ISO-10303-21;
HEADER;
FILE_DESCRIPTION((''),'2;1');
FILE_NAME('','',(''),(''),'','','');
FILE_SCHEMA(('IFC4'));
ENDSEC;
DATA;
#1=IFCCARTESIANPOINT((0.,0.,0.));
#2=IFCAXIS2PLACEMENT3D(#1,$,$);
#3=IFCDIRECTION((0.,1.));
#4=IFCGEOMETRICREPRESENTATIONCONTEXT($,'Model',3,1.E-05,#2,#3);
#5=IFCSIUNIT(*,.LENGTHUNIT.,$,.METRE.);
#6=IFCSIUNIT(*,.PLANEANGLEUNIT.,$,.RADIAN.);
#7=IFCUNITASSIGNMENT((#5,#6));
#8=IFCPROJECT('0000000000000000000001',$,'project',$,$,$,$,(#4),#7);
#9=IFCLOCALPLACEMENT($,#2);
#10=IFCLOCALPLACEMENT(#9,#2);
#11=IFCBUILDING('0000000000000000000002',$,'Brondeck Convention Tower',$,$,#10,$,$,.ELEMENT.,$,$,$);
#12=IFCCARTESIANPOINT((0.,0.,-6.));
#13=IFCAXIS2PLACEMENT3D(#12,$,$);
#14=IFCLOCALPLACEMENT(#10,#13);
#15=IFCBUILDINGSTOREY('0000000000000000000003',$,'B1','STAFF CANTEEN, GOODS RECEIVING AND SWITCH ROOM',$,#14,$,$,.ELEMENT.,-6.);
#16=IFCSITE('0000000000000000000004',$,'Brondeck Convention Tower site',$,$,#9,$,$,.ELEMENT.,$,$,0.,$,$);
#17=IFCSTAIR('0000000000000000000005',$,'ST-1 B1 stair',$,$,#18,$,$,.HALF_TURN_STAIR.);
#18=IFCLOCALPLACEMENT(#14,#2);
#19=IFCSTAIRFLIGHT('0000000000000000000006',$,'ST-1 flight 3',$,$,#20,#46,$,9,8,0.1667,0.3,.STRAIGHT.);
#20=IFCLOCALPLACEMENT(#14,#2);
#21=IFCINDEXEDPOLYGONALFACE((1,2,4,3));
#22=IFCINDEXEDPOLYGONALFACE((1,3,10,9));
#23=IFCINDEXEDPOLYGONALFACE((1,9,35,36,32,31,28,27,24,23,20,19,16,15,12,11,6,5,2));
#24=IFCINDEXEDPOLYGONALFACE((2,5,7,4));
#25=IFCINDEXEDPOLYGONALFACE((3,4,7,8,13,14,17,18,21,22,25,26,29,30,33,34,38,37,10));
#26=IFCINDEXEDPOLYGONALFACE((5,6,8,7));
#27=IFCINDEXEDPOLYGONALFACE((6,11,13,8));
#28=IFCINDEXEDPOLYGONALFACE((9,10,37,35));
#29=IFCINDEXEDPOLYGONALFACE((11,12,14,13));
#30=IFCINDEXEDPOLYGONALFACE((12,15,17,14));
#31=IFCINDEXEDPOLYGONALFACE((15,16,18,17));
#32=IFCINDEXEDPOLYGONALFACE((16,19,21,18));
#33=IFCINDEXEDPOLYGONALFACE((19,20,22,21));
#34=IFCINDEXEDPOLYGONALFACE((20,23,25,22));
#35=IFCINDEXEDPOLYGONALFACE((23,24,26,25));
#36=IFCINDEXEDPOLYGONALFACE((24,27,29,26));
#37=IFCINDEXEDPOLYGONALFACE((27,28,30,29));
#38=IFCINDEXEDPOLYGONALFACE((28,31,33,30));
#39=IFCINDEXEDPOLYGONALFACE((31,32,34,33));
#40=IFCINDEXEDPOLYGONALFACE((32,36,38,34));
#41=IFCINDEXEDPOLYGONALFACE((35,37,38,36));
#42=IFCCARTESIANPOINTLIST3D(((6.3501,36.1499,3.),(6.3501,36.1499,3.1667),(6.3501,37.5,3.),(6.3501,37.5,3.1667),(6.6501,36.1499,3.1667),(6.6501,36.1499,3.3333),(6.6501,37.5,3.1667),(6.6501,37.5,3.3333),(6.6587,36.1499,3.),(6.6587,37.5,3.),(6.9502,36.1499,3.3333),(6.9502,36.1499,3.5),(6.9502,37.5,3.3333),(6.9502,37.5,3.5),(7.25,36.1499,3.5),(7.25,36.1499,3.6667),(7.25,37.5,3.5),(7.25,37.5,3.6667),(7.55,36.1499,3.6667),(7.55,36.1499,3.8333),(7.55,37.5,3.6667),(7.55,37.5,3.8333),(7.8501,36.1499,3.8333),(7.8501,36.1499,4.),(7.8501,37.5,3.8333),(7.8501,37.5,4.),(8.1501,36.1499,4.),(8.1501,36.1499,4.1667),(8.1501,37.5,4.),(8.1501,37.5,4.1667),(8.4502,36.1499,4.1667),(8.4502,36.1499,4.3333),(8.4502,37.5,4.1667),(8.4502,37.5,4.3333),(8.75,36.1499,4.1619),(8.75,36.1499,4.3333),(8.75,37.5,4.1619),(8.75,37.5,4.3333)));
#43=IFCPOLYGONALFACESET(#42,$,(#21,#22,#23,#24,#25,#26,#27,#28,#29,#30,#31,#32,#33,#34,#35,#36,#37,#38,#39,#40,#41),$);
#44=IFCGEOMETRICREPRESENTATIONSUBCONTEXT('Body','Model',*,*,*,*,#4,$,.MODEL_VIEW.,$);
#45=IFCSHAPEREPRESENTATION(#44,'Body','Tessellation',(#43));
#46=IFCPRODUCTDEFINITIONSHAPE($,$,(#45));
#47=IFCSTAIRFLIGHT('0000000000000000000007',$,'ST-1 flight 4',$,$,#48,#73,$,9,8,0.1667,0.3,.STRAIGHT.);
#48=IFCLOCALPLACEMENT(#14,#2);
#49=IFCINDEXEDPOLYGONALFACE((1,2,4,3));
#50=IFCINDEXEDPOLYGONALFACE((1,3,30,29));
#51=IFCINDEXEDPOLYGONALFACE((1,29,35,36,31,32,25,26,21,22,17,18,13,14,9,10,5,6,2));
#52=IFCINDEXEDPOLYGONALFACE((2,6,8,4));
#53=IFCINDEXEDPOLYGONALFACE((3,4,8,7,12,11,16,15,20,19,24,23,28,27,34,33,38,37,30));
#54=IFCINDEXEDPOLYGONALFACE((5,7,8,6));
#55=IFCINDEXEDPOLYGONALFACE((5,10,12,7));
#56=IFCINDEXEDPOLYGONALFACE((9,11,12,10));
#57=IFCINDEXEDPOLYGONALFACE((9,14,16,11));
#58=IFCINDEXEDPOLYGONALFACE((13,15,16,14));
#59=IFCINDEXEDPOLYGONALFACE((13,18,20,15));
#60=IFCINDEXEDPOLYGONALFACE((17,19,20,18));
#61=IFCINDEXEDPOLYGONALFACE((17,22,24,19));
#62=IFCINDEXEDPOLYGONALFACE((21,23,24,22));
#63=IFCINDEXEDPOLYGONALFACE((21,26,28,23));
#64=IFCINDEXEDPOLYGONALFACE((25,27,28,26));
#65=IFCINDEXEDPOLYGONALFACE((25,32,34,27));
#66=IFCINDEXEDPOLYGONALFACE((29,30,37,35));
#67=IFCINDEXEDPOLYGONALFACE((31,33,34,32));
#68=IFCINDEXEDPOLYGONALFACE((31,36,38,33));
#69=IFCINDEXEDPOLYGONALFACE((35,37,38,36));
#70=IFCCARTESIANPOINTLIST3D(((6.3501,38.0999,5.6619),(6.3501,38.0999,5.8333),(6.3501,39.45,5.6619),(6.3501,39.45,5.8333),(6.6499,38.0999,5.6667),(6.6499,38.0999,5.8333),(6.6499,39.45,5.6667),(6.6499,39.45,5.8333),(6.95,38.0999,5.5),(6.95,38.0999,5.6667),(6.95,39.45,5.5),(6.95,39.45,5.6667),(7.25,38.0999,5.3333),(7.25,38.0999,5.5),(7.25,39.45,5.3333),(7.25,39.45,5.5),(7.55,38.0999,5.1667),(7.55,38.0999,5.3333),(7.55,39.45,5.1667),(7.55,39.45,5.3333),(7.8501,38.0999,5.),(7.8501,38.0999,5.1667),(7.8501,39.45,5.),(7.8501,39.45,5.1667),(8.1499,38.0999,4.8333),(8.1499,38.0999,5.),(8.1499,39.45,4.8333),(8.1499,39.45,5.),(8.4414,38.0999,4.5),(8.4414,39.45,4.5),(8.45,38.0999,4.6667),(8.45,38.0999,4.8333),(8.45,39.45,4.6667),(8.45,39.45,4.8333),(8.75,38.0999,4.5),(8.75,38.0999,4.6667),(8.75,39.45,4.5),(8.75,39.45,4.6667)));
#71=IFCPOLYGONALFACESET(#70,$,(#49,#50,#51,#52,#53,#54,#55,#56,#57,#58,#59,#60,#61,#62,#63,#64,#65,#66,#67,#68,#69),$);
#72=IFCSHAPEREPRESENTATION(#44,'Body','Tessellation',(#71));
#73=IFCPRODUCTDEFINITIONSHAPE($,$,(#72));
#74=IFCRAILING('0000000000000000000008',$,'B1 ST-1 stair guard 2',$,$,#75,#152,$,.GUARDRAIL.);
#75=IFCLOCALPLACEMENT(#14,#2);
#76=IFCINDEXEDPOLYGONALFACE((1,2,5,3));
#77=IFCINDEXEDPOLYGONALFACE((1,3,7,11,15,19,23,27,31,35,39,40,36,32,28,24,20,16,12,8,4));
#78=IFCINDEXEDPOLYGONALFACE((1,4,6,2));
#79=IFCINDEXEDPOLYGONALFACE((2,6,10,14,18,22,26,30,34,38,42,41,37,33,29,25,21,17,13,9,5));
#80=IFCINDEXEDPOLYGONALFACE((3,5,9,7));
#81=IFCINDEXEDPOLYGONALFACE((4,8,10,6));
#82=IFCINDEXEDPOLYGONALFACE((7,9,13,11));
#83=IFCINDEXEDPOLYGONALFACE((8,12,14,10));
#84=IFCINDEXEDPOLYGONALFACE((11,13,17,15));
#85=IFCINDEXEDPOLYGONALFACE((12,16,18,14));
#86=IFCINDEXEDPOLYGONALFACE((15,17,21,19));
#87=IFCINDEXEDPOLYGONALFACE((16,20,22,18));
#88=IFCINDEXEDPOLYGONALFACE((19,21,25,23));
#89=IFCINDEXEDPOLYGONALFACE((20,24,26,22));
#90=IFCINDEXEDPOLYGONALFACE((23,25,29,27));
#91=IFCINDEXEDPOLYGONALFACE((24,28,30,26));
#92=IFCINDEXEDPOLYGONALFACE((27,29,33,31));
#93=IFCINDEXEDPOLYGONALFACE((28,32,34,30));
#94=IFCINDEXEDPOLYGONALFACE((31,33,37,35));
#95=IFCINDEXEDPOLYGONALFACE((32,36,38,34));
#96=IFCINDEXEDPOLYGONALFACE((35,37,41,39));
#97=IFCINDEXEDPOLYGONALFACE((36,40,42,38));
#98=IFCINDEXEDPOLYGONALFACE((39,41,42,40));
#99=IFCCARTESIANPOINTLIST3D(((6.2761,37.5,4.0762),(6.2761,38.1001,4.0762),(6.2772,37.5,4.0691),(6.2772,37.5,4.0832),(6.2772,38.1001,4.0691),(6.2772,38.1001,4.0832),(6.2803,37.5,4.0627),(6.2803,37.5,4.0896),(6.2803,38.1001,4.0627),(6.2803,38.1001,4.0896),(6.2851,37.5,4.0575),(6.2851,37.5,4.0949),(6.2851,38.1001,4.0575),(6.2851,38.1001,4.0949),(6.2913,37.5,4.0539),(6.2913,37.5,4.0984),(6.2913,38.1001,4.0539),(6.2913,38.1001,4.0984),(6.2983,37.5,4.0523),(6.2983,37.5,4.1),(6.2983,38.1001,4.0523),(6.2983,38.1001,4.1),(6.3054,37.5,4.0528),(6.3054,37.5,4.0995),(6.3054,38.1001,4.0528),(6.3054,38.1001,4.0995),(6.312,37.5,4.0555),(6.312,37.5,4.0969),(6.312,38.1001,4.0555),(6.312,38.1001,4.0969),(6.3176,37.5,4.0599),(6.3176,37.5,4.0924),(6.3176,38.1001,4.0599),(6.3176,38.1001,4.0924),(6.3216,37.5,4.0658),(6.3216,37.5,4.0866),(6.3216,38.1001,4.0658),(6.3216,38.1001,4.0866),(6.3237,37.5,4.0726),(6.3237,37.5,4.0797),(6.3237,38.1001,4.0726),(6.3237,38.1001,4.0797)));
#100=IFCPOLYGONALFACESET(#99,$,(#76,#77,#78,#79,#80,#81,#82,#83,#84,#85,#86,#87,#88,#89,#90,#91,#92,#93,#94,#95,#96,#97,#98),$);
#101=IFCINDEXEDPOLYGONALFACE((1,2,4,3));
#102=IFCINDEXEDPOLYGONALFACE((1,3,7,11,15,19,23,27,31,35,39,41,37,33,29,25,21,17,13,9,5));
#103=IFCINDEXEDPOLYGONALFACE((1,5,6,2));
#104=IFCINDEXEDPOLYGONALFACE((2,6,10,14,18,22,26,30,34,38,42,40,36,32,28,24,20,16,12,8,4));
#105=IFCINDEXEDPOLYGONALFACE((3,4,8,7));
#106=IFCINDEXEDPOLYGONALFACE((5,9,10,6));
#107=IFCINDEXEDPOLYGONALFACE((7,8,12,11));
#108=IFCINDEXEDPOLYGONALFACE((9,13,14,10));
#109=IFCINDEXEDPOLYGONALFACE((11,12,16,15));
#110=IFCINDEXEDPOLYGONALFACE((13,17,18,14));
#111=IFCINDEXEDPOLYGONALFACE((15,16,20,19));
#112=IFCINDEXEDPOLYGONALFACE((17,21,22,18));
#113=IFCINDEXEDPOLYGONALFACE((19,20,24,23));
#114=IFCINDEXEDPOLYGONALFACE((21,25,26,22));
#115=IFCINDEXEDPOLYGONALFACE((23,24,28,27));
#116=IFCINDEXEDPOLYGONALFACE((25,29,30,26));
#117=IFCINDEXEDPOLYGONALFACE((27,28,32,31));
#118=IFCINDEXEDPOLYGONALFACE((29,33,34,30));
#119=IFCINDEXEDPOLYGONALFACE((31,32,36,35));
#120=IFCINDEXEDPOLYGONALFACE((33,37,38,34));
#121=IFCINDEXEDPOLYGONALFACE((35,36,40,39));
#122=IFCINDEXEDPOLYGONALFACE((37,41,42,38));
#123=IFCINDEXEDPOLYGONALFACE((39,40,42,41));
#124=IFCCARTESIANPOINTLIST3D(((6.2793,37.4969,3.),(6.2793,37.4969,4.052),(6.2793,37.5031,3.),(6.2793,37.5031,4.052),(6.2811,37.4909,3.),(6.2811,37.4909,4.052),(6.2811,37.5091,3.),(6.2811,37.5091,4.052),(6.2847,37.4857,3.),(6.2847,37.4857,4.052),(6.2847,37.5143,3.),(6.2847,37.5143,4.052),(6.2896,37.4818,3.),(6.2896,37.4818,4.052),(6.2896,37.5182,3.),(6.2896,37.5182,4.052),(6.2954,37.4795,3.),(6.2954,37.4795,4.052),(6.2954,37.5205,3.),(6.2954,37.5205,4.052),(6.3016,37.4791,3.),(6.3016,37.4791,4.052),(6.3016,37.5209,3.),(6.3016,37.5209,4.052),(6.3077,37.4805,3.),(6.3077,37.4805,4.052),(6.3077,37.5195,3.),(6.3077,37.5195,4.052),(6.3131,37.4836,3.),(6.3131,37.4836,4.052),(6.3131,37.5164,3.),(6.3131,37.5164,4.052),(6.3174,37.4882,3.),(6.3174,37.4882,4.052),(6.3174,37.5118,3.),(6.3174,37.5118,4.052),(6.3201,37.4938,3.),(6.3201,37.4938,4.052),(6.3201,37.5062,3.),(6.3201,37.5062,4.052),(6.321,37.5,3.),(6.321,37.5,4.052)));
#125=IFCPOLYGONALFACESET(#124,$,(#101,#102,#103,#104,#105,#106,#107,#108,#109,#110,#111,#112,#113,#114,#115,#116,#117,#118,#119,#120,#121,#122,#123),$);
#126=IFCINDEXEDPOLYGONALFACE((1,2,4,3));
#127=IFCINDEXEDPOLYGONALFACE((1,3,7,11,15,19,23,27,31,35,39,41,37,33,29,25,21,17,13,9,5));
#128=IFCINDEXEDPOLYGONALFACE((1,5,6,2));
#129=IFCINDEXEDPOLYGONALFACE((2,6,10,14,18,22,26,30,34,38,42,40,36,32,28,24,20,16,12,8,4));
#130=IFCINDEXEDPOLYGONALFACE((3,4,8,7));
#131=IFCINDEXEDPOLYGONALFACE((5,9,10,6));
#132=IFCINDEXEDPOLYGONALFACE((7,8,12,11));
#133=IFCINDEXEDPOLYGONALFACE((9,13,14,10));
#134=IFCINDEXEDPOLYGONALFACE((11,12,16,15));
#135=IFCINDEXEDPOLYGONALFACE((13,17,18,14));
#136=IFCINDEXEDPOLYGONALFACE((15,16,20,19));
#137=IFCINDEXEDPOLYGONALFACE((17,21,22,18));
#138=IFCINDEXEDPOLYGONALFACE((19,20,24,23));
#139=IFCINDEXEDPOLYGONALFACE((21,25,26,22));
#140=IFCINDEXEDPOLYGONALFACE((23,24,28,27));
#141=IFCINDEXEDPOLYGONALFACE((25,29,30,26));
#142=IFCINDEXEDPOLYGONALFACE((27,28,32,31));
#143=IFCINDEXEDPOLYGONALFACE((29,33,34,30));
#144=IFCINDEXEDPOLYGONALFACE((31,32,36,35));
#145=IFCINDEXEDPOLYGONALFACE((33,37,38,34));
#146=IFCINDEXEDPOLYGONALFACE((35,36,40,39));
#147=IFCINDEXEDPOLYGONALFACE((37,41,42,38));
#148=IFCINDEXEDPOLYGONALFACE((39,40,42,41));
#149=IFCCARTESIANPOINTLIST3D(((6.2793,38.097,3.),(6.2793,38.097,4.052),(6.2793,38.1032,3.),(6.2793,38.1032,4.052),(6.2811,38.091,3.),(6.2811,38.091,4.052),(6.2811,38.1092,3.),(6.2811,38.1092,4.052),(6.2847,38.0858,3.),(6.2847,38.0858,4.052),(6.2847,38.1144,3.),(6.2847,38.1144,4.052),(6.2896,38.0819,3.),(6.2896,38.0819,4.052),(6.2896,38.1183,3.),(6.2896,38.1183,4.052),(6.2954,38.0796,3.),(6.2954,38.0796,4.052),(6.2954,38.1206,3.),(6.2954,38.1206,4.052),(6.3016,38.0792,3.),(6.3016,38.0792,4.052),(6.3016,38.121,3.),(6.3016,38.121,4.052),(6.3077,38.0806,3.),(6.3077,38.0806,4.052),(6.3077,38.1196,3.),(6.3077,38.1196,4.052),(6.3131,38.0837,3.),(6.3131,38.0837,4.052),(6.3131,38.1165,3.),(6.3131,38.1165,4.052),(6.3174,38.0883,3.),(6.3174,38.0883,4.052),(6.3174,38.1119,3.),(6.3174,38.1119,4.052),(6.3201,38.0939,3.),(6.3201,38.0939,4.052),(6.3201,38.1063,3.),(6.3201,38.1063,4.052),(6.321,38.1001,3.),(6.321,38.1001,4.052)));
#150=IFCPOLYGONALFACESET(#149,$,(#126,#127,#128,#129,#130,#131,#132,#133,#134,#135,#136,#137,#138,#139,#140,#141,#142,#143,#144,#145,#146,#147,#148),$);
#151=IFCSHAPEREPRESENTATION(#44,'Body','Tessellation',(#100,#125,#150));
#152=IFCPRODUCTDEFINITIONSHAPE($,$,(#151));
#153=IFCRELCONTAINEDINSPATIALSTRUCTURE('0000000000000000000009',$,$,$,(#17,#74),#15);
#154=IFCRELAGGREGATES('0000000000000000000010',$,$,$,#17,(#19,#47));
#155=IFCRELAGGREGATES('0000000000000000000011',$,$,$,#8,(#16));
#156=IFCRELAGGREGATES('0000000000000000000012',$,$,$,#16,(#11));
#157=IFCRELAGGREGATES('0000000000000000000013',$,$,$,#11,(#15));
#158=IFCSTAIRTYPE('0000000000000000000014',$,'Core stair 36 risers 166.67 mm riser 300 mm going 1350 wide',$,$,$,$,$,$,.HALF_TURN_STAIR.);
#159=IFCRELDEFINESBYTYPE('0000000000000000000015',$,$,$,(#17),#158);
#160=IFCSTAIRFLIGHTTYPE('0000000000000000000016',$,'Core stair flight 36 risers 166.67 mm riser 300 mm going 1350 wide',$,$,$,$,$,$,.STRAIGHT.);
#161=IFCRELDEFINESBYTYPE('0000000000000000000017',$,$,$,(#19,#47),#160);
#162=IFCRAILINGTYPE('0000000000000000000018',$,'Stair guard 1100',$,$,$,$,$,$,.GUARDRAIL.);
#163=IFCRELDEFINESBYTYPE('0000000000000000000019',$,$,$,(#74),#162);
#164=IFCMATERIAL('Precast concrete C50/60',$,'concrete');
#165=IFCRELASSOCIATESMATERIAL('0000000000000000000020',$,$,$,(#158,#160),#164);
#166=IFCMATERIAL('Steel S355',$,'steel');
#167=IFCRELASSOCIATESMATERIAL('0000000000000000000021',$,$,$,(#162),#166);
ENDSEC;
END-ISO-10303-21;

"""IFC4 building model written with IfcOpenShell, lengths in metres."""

from ifc_helpers import new_model, si_unit, direction, frame, origin, origin_2d, place, context, subcontext, project, spatial, polyline, circle, outline, extrude, material, type_object, element, aggregate, save


model = new_model("IFC4")

# Units and contexts
model_context = context("Model", 3, precision=1e-05, world=origin(), true_north=direction((0.0, 1.0)))
body_context = subcontext(model_context, "Body", "Model", "MODEL_VIEW")
ifc_project = project(units=[si_unit("LENGTHUNIT", "METRE"), si_unit("PLANEANGLEUNIT", "RADIAN")], contexts=[model_context])

# Site, building, storey
site_placement = place(None, origin())
site = spatial("IfcSite", under=ifc_project, at=site_placement, Name="Brondeck Convention Tower site", CompositionType="ELEMENT", RefElevation=0.0)
building_placement = place(site_placement, origin())
building = spatial("IfcBuilding", under=site, at=building_placement, Name="Brondeck Convention Tower", CompositionType="ELEMENT")
storey_placement = place(building_placement, frame((0.0, 0.0, -6.0)))
storey = spatial("IfcBuildingStorey", under=building, at=storey_placement, Name="B1", Description="STAFF CANTEEN, GOODS RECEIVING AND SWITCH ROOM", CompositionType="ELEMENT", Elevation=-6.0)

# Stair, stair flights
ifc_material_1 = material(Name="Precast concrete C50/60", Category="concrete")
stair_type = type_object("IfcStairType", Name="Core stair 36 risers 166.67 mm riser 300 mm going 1350 wide", PredefinedType="HALF_TURN_STAIR", material=ifc_material_1)
stair_placement = place(storey_placement, origin())
stair = element("IfcStair", 1, at=stair_placement, inside=storey, type_object=stair_type, Name="ST-1 B1 stair", PredefinedType="HALF_TURN_STAIR")
stair_flight_type = type_object("IfcStairFlightType", Name="Core stair flight 36 risers 166.67 mm riser 300 mm going 1350 wide", PredefinedType="STRAIGHT", material=ifc_material_1)
stair_flight_1_placement = place(storey_placement, frame((6.3501, 36.825, 3.0), z_axis=(0.0, 0.0, 1.0), x_axis=(1.0, 0.0, 0.0)))
stair_flight_1 = element("IfcStairFlight", 2, at=stair_flight_1_placement, type_object=stair_flight_type, Name="ST-1 flight 3", NumberOfRisers=9, NumberOfTreads=8, PredefinedType="STRAIGHT", RiserHeight=0.1667, TreadLength=0.3, context=body_context, shape_type="SweptSolid", body=[
    extrude(outline(polyline([(0.0, 0.0), (0.0, 0.1667), (0.3, 0.1667), (0.3, 0.3333), (0.6001, 0.3333), (0.6001, 0.5), (0.8999, 0.5), (0.8999, 0.6667), (1.2, 0.6667), (1.2, 0.8333), (1.5, 0.8333), (1.5, 1.0), (1.8, 1.0), (1.8, 1.1667), (2.1001, 1.1667), (2.1001, 1.3333), (2.3999, 1.3333), (2.3999, 1.5), (2.3999, 1.1619), (0.3086, 0.0), (0.0, 0.0)])), frame((0.0, 0.675, 0.0), z_axis=(0.0, -1.0, 0.0), x_axis=(1.0, 0.0, 0.0)), (0.0, 0.0, 1.0), 1.3501),
])
stair_flight_2_placement = place(storey_placement, frame((8.75, 38.7749, 4.5), z_axis=(0.0, 0.0, 1.0), x_axis=(-1.0, 0.0, 0.0)))
stair_flight_2 = element("IfcStairFlight", 3, at=stair_flight_2_placement, type_object=stair_flight_type, Name="ST-1 flight 4", NumberOfRisers=9, NumberOfTreads=8, PredefinedType="STRAIGHT", RiserHeight=0.1667, TreadLength=0.3, context=body_context, shape_type="SweptSolid", body=[
    extrude(outline(polyline([(0.0, 0.0), (0.0, 0.1667), (0.3, 0.1667), (0.3, 0.3333), (0.6001, 0.3333), (0.6001, 0.5), (0.8999, 0.5), (0.8999, 0.6667), (1.2, 0.6667), (1.2, 0.8333), (1.5, 0.8333), (1.5, 1.0), (1.8, 1.0), (1.8, 1.1667), (2.1001, 1.1667), (2.1001, 1.3333), (2.3999, 1.3333), (2.3999, 1.5), (2.3999, 1.1619), (0.3086, 0.0), (0.0, 0.0)])), frame((0.0, 0.675, 0.0), z_axis=(0.0, -1.0, 0.0), x_axis=(1.0, 0.0, 0.0)), (0.0, 0.0, 1.0), 1.3501),
])
aggregate(stair, [stair_flight_1, stair_flight_2])

# Railing
ifc_material_2 = material(Name="Steel S355", Category="steel")
railing_type = type_object("IfcRailingType", Name="Stair guard 1100", PredefinedType="GUARDRAIL", material=ifc_material_2)
railing_1_placement = place(storey_placement, frame((6.3, 37.5, 3.0)))
element("IfcRailing", 4, at=railing_1_placement, inside=storey, type_object=railing_type, Name="B1 ST-1 stair guard 2", PredefinedType="GUARDRAIL", context=body_context, shape_type="SweptSolid", body=[
    extrude(circle(Radius=0.0239, at=origin_2d()), frame((0.0, 0.0, 1.0762), z_axis=(0.0, 1.0, 0.0), x_axis=(-1.0, 0.0, 0.0)), (0.0, 0.0, 1.0), 0.6001),
    extrude(circle(Radius=0.021, at=origin_2d()), origin(), (0.0, 0.0, 1.0), 1.052),
    extrude(circle(Radius=0.021, at=origin_2d()), frame((0.0, 0.6001, 0.0)), (0.0, 0.0, 1.0), 1.052),
])

save(model, "model.ifc")
